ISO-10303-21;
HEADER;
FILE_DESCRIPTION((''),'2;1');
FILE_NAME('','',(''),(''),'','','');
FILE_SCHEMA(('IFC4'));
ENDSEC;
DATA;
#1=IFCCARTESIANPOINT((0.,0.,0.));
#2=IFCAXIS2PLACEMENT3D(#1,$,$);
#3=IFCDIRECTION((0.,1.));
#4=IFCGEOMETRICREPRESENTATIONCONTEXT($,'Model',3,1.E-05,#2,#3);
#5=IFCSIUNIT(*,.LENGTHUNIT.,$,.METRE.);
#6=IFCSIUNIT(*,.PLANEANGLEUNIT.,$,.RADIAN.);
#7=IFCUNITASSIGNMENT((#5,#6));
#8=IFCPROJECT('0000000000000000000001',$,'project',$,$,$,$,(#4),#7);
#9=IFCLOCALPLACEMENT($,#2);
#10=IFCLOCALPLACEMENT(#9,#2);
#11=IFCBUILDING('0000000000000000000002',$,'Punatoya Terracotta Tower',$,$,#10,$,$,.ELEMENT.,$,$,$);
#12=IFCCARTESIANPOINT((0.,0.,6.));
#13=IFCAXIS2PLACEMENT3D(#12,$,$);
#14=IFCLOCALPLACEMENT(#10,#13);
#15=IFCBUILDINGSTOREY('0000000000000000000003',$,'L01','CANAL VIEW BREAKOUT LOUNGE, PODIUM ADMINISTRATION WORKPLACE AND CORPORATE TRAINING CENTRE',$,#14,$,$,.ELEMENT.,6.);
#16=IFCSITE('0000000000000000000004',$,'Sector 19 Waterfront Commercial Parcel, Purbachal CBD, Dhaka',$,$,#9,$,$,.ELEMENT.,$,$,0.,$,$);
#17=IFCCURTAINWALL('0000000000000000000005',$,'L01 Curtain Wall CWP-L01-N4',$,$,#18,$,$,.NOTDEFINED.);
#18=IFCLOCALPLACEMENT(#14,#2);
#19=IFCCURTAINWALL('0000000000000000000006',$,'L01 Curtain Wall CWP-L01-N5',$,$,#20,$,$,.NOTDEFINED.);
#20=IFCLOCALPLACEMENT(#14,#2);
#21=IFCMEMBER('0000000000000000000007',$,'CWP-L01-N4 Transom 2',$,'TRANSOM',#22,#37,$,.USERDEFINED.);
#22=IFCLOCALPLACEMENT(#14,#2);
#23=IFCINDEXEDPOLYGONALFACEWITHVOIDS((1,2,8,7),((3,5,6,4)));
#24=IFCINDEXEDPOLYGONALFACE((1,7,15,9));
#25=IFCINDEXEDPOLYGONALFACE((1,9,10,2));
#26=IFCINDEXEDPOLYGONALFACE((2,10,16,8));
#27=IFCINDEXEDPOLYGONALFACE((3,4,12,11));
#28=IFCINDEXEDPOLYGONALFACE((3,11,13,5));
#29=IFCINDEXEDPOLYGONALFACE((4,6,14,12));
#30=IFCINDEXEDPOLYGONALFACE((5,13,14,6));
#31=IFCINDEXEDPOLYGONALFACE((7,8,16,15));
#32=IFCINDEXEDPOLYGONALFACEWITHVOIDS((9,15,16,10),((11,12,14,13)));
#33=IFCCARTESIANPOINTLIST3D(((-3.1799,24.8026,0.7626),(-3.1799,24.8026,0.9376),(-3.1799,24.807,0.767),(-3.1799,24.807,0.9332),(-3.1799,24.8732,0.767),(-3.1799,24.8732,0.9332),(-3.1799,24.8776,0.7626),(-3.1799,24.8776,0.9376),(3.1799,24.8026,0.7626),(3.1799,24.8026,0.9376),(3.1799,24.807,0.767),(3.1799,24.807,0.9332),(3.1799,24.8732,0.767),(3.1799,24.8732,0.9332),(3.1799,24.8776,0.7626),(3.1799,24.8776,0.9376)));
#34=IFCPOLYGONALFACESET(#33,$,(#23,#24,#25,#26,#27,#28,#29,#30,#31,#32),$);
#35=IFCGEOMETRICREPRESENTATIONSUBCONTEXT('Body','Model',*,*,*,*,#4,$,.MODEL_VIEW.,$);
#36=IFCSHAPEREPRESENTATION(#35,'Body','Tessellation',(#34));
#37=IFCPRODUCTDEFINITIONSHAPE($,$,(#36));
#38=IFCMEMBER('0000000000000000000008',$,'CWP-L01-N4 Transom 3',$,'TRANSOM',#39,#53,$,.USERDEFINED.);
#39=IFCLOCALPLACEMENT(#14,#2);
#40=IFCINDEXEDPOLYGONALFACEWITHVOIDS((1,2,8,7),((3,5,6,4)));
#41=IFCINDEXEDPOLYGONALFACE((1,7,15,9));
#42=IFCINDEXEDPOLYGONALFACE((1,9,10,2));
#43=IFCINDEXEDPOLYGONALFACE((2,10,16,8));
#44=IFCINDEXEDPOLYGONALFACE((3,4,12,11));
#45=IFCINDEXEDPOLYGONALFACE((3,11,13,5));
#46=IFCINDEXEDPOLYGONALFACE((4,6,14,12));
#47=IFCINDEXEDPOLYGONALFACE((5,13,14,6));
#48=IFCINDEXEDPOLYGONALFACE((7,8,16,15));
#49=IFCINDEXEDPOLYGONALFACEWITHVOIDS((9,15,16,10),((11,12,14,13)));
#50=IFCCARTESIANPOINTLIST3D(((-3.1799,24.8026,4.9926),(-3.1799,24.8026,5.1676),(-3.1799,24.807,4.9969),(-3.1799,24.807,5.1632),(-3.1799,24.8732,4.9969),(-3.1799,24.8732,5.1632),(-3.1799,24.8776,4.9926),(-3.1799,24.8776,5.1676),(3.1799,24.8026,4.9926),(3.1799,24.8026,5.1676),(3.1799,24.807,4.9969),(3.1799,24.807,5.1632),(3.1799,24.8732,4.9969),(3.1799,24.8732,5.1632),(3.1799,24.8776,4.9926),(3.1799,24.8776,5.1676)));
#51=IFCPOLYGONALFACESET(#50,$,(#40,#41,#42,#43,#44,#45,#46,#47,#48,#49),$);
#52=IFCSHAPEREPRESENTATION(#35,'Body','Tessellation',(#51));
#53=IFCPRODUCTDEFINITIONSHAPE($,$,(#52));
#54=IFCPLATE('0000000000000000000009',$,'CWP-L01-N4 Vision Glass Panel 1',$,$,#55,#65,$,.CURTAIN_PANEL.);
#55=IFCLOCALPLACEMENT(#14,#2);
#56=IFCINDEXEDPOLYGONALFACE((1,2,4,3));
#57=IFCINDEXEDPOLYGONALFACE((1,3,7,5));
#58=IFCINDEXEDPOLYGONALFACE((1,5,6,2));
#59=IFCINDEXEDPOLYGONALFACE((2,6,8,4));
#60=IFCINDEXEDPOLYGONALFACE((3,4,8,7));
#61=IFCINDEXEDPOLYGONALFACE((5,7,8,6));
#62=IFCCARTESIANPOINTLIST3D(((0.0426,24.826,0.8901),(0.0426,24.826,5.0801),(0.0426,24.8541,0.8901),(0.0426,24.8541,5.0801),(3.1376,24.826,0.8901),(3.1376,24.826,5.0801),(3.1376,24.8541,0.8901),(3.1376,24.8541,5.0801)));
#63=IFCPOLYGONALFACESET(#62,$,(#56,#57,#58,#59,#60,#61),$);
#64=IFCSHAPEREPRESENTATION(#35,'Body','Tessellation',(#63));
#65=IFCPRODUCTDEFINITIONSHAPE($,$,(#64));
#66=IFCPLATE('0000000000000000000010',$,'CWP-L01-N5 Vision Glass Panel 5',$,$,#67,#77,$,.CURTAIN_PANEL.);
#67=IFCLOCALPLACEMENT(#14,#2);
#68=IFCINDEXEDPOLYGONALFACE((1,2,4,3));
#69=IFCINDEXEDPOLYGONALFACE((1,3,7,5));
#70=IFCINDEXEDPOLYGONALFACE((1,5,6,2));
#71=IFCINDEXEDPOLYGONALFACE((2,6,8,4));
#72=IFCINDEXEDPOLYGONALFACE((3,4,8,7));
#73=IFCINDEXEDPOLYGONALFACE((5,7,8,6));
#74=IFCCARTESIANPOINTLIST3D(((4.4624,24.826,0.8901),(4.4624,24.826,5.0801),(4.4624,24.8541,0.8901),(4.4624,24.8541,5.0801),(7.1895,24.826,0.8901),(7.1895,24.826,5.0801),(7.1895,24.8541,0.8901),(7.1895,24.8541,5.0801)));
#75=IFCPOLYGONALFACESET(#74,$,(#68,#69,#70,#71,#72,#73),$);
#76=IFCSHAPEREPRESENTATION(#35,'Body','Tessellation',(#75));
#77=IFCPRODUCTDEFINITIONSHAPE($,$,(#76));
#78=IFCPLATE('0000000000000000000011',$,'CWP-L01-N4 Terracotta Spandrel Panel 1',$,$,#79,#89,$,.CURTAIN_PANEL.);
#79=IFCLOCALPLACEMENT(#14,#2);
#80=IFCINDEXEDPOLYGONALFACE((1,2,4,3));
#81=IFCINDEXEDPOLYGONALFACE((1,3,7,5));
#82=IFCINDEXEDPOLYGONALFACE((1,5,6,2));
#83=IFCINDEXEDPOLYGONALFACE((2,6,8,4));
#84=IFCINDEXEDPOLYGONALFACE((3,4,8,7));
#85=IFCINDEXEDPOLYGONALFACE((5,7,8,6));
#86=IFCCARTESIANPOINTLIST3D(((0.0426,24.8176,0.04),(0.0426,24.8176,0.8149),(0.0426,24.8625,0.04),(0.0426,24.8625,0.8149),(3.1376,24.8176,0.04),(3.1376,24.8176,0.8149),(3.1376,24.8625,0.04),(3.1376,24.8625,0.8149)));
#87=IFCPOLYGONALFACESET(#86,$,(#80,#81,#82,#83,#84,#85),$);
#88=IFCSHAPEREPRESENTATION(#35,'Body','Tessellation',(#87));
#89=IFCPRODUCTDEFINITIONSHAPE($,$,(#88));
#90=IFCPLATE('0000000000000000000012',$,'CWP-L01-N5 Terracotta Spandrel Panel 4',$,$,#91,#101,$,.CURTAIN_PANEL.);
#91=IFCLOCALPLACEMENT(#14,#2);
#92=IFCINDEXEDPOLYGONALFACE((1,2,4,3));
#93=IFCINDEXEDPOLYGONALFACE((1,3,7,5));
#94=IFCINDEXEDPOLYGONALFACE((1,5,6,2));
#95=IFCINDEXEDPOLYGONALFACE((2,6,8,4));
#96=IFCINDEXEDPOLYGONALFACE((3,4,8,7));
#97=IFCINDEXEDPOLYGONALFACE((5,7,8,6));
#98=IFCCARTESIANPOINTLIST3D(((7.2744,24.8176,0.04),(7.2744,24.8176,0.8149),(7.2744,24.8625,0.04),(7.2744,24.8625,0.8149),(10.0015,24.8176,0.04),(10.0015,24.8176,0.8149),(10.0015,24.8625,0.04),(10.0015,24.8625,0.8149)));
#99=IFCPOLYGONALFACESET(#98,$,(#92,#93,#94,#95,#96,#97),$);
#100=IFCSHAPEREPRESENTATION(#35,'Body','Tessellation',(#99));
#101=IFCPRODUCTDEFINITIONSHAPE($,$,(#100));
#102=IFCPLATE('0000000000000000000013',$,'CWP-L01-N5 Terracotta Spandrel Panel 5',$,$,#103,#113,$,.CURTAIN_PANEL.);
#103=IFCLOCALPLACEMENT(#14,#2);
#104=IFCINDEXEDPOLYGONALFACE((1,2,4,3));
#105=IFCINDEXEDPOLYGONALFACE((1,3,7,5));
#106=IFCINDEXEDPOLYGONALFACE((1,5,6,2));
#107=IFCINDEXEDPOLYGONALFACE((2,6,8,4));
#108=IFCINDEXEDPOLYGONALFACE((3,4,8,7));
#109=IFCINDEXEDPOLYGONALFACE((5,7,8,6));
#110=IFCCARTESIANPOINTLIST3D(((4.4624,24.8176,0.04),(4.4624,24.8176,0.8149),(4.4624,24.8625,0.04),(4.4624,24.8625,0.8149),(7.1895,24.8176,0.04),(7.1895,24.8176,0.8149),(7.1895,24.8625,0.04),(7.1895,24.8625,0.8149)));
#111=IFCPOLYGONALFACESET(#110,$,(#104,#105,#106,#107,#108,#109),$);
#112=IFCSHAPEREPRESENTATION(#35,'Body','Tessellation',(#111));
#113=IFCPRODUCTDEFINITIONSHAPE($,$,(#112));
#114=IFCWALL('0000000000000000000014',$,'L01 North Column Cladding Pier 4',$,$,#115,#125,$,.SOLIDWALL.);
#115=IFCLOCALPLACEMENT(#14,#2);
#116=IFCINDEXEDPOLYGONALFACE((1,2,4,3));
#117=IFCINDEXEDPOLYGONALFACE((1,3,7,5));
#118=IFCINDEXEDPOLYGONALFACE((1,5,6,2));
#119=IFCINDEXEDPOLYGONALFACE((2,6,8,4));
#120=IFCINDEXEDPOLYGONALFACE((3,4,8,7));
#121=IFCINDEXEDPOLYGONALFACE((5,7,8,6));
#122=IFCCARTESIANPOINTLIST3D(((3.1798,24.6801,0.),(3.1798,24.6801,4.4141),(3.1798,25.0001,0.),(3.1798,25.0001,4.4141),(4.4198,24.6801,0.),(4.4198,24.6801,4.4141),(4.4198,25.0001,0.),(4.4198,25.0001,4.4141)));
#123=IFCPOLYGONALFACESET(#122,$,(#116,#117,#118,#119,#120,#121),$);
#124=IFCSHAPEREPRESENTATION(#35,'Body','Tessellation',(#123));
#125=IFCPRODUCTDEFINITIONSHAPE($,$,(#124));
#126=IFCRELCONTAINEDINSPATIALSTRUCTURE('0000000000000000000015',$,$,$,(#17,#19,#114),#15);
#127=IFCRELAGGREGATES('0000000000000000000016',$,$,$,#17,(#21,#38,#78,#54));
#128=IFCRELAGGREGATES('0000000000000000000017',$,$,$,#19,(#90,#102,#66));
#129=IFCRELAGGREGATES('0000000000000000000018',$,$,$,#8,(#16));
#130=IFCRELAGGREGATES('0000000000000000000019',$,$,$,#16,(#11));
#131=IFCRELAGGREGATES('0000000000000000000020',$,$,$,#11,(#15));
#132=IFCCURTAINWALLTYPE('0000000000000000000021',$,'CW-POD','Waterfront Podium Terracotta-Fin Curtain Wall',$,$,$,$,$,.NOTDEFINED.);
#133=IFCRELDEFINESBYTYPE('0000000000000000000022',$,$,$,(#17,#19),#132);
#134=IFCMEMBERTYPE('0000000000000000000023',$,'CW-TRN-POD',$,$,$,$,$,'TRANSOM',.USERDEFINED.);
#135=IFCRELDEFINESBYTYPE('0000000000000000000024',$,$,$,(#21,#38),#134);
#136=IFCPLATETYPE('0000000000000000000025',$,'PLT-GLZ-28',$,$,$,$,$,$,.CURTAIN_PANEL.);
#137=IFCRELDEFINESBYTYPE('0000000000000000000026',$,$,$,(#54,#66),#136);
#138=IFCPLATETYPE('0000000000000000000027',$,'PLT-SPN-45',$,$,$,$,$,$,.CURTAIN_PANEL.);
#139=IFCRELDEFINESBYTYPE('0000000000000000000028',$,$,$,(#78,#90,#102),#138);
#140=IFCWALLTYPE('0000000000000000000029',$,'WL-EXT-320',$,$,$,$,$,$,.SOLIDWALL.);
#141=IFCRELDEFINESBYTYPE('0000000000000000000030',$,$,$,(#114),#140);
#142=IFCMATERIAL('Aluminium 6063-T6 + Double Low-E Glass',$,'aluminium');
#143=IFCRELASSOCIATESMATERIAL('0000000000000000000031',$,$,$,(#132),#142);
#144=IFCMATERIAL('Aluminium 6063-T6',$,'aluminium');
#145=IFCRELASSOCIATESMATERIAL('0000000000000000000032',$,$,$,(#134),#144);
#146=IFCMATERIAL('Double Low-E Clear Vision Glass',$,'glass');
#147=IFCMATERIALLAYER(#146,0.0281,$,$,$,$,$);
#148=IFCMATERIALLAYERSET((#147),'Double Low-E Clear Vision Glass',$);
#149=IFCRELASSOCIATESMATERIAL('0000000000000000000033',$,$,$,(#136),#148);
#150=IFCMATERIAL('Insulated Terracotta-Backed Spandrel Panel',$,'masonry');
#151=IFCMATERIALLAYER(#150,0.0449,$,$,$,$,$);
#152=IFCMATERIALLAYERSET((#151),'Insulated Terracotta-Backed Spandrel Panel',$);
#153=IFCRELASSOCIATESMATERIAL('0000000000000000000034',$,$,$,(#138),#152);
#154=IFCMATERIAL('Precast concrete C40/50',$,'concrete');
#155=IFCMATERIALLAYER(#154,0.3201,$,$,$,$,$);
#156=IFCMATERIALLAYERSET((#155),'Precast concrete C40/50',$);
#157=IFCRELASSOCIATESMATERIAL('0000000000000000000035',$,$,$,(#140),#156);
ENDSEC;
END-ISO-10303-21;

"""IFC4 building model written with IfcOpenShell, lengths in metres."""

from ifc_helpers import new_model, si_unit, direction, frame, frame_2d, origin, origin_2d, place, context, subcontext, project, spatial, rectangle, hollow_rectangle, extrude, material, layer, layer_set, material_profile, profile_set, type_object, element, aggregate, save


model = new_model("IFC4")

# Units and contexts
model_context = context("Model", 3, precision=1e-05, world=origin(), true_north=direction((0.0, 1.0)))
body_context = subcontext(model_context, "Body", "Model", "MODEL_VIEW")
ifc_project = project(units=[si_unit("LENGTHUNIT", "METRE"), si_unit("PLANEANGLEUNIT", "RADIAN")], contexts=[model_context])

# Site, building, storey
site_placement = place(None, origin())
site = spatial("IfcSite", under=ifc_project, at=site_placement, Name="Sector 19 Waterfront Commercial Parcel, Purbachal CBD, Dhaka", CompositionType="ELEMENT", RefElevation=0.0)
building_placement = place(site_placement, origin())
building = spatial("IfcBuilding", under=site, at=building_placement, Name="Punatoya Terracotta Tower", CompositionType="ELEMENT")
storey_placement = place(building_placement, frame((0.0, 0.0, 6.0)))
storey = spatial("IfcBuildingStorey", under=building, at=storey_placement, Name="L01", Description="CANAL VIEW BREAKOUT LOUNGE, PODIUM ADMINISTRATION WORKPLACE AND CORPORATE TRAINING CENTRE", CompositionType="ELEMENT", Elevation=6.0)

# Curtain walls
ifc_material_1 = material(Name="Aluminium 6063-T6 + Double Low-E Glass", Category="aluminium")
curtain_wall_type = type_object("IfcCurtainWallType", Name="CW-POD", Description="Waterfront Podium Terracotta-Fin Curtain Wall", PredefinedType="NOTDEFINED", material=ifc_material_1)
curtain_wall_1_placement = place(storey_placement, origin())
curtain_wall_1 = element("IfcCurtainWall", 1, at=curtain_wall_1_placement, inside=storey, type_object=curtain_wall_type, Name="L01 Curtain Wall CWP-L01-N4", PredefinedType="NOTDEFINED")
ifc_material_2 = material(Name="Aluminium 6063-T6", Category="aluminium")
curtain_wall_2_placement = place(storey_placement, origin())
curtain_wall_2 = element("IfcCurtainWall", 2, at=curtain_wall_2_placement, inside=storey, type_object=curtain_wall_type, Name="L01 Curtain Wall CWP-L01-N5", PredefinedType="NOTDEFINED")

# Members
ifc_material_profile_1 = material_profile(ifc_material_2, hollow_rectangle(XDim=0.075, YDim=0.175, WallThickness=0.0044, at=origin_2d()))
ifc_profile_set_1 = profile_set([ifc_material_profile_1], Name="Aluminium 6063-T6")
member_type_1 = type_object("IfcMemberType", Name="CW-TRN-POD", ElementType="TRANSOM", PredefinedType="USERDEFINED", material=ifc_profile_set_1)
member_1_placement = place(storey_placement, frame((3.1799, 24.8401, 0.8501), z_axis=(-1.0, 0.0, 0.0), x_axis=(0.0, -1.0, 0.0)))
member_1 = element("IfcMember", 3, at=member_1_placement, type_object=member_type_1, Name="CWP-L01-N4 Transom 2", ObjectType="TRANSOM", PredefinedType="USERDEFINED", context=body_context, shape_type="SweptSolid", body=[
    extrude(hollow_rectangle(XDim=0.075, YDim=0.175, WallThickness=0.0044, at=origin_2d()), origin(), (0.0, 0.0, 1.0), 6.3599),
])
member_2_placement = place(storey_placement, frame((3.1799, 24.8401, 5.0801), z_axis=(-1.0, 0.0, 0.0), x_axis=(0.0, -1.0, 0.0)))
member_2 = element("IfcMember", 4, at=member_2_placement, type_object=member_type_1, Name="CWP-L01-N4 Transom 3", ObjectType="TRANSOM", PredefinedType="USERDEFINED", context=body_context, shape_type="SweptSolid", body=[
    extrude(hollow_rectangle(XDim=0.075, YDim=0.175, WallThickness=0.0044, at=origin_2d()), origin(), (0.0, 0.0, 1.0), 6.3599),
])

# Plates
ifc_material_3 = material(Name="Double Low-E Clear Vision Glass", Category="glass")
ifc_layer_1 = layer(ifc_material_3, 0.0281)
ifc_layer_set_1 = layer_set([ifc_layer_1], Name="Double Low-E Clear Vision Glass")
plate_type_1 = type_object("IfcPlateType", Name="PLT-GLZ-28", PredefinedType="CURTAIN_PANEL", material=ifc_layer_set_1)
plate_1_placement = place(storey_placement, frame((1.5901, 24.8401, 0.8901), z_axis=(0.0, 0.0, 1.0), x_axis=(-1.0, 0.0, 0.0)))
plate_1 = element("IfcPlate", 5, at=plate_1_placement, type_object=plate_type_1, Name="CWP-L01-N4 Vision Glass Panel 1", PredefinedType="CURTAIN_PANEL", context=body_context, shape_type="SweptSolid", body=[
    extrude(rectangle(XDim=3.095, YDim=0.0281, at=origin_2d()), origin(), (0.0, 0.0, 1.0), 4.1899),
])
plate_2_placement = place(storey_placement, frame((5.8259, 24.8401, 0.8901), z_axis=(0.0, 0.0, 1.0), x_axis=(-1.0, 0.0, 0.0)))
plate_2 = element("IfcPlate", 6, at=plate_2_placement, type_object=plate_type_1, Name="CWP-L01-N5 Vision Glass Panel 5", PredefinedType="CURTAIN_PANEL", context=body_context, shape_type="SweptSolid", body=[
    extrude(rectangle(XDim=2.7271, YDim=0.0281, at=origin_2d()), origin(), (0.0, 0.0, 1.0), 4.1899),
])
ifc_material_4 = material(Name="Insulated Terracotta-Backed Spandrel Panel", Category="masonry")
ifc_layer_2 = layer(ifc_material_4, 0.0449)
ifc_layer_set_2 = layer_set([ifc_layer_2], Name="Insulated Terracotta-Backed Spandrel Panel")
plate_type_2 = type_object("IfcPlateType", Name="PLT-SPN-45", PredefinedType="CURTAIN_PANEL", material=ifc_layer_set_2)
plate_3_placement = place(storey_placement, frame((1.5901, 24.8401, 0.04), z_axis=(0.0, 0.0, 1.0), x_axis=(-1.0, 0.0, 0.0)))
plate_3 = element("IfcPlate", 7, at=plate_3_placement, type_object=plate_type_2, Name="CWP-L01-N4 Terracotta Spandrel Panel 1", PredefinedType="CURTAIN_PANEL", context=body_context, shape_type="SweptSolid", body=[
    extrude(rectangle(XDim=3.095, YDim=0.0449, at=origin_2d()), origin(), (0.0, 0.0, 1.0), 0.7749),
])
aggregate(curtain_wall_1, [member_1, member_2, plate_3, plate_1])
plate_4_placement = place(storey_placement, frame((8.6379, 24.8401, 0.04), z_axis=(0.0, 0.0, 1.0), x_axis=(-1.0, 0.0, 0.0)))
plate_4 = element("IfcPlate", 8, at=plate_4_placement, type_object=plate_type_2, Name="CWP-L01-N5 Terracotta Spandrel Panel 4", PredefinedType="CURTAIN_PANEL", context=body_context, shape_type="SweptSolid", body=[
    extrude(rectangle(XDim=2.7271, YDim=0.0449, at=origin_2d()), origin(), (0.0, 0.0, 1.0), 0.7749),
])
plate_5_placement = place(storey_placement, frame((5.8259, 24.8401, 0.04), z_axis=(0.0, 0.0, 1.0), x_axis=(-1.0, 0.0, 0.0)))
plate_5 = element("IfcPlate", 9, at=plate_5_placement, type_object=plate_type_2, Name="CWP-L01-N5 Terracotta Spandrel Panel 5", PredefinedType="CURTAIN_PANEL", context=body_context, shape_type="SweptSolid", body=[
    extrude(rectangle(XDim=2.7271, YDim=0.0449, at=origin_2d()), origin(), (0.0, 0.0, 1.0), 0.7749),
])
aggregate(curtain_wall_2, [plate_4, plate_5, plate_2])

# Wall
ifc_material_5 = material(Name="Precast concrete C40/50", Category="concrete")
ifc_layer_3 = layer(ifc_material_5, 0.3201)
ifc_layer_set_3 = layer_set([ifc_layer_3], Name="Precast concrete C40/50")
wall_type = type_object("IfcWallType", Name="WL-EXT-320", PredefinedType="SOLIDWALL", material=ifc_layer_set_3)
wall_placement = place(storey_placement, frame((4.4199, 24.8401, 0.0), z_axis=(0.0, 0.0, 1.0), x_axis=(-1.0, 0.0, 0.0)))
element("IfcWall", 10, at=wall_placement, inside=storey, type_object=wall_type, Name="L01 North Column Cladding Pier 4", PredefinedType="SOLIDWALL", context=body_context, shape_type="SweptSolid", body=[
    extrude(rectangle(XDim=1.24, YDim=0.3201, at=frame_2d((0.6201, 0.0))), origin(), (0.0, 0.0, 1.0), 4.4141),
])

save(model, "model.ifc")
